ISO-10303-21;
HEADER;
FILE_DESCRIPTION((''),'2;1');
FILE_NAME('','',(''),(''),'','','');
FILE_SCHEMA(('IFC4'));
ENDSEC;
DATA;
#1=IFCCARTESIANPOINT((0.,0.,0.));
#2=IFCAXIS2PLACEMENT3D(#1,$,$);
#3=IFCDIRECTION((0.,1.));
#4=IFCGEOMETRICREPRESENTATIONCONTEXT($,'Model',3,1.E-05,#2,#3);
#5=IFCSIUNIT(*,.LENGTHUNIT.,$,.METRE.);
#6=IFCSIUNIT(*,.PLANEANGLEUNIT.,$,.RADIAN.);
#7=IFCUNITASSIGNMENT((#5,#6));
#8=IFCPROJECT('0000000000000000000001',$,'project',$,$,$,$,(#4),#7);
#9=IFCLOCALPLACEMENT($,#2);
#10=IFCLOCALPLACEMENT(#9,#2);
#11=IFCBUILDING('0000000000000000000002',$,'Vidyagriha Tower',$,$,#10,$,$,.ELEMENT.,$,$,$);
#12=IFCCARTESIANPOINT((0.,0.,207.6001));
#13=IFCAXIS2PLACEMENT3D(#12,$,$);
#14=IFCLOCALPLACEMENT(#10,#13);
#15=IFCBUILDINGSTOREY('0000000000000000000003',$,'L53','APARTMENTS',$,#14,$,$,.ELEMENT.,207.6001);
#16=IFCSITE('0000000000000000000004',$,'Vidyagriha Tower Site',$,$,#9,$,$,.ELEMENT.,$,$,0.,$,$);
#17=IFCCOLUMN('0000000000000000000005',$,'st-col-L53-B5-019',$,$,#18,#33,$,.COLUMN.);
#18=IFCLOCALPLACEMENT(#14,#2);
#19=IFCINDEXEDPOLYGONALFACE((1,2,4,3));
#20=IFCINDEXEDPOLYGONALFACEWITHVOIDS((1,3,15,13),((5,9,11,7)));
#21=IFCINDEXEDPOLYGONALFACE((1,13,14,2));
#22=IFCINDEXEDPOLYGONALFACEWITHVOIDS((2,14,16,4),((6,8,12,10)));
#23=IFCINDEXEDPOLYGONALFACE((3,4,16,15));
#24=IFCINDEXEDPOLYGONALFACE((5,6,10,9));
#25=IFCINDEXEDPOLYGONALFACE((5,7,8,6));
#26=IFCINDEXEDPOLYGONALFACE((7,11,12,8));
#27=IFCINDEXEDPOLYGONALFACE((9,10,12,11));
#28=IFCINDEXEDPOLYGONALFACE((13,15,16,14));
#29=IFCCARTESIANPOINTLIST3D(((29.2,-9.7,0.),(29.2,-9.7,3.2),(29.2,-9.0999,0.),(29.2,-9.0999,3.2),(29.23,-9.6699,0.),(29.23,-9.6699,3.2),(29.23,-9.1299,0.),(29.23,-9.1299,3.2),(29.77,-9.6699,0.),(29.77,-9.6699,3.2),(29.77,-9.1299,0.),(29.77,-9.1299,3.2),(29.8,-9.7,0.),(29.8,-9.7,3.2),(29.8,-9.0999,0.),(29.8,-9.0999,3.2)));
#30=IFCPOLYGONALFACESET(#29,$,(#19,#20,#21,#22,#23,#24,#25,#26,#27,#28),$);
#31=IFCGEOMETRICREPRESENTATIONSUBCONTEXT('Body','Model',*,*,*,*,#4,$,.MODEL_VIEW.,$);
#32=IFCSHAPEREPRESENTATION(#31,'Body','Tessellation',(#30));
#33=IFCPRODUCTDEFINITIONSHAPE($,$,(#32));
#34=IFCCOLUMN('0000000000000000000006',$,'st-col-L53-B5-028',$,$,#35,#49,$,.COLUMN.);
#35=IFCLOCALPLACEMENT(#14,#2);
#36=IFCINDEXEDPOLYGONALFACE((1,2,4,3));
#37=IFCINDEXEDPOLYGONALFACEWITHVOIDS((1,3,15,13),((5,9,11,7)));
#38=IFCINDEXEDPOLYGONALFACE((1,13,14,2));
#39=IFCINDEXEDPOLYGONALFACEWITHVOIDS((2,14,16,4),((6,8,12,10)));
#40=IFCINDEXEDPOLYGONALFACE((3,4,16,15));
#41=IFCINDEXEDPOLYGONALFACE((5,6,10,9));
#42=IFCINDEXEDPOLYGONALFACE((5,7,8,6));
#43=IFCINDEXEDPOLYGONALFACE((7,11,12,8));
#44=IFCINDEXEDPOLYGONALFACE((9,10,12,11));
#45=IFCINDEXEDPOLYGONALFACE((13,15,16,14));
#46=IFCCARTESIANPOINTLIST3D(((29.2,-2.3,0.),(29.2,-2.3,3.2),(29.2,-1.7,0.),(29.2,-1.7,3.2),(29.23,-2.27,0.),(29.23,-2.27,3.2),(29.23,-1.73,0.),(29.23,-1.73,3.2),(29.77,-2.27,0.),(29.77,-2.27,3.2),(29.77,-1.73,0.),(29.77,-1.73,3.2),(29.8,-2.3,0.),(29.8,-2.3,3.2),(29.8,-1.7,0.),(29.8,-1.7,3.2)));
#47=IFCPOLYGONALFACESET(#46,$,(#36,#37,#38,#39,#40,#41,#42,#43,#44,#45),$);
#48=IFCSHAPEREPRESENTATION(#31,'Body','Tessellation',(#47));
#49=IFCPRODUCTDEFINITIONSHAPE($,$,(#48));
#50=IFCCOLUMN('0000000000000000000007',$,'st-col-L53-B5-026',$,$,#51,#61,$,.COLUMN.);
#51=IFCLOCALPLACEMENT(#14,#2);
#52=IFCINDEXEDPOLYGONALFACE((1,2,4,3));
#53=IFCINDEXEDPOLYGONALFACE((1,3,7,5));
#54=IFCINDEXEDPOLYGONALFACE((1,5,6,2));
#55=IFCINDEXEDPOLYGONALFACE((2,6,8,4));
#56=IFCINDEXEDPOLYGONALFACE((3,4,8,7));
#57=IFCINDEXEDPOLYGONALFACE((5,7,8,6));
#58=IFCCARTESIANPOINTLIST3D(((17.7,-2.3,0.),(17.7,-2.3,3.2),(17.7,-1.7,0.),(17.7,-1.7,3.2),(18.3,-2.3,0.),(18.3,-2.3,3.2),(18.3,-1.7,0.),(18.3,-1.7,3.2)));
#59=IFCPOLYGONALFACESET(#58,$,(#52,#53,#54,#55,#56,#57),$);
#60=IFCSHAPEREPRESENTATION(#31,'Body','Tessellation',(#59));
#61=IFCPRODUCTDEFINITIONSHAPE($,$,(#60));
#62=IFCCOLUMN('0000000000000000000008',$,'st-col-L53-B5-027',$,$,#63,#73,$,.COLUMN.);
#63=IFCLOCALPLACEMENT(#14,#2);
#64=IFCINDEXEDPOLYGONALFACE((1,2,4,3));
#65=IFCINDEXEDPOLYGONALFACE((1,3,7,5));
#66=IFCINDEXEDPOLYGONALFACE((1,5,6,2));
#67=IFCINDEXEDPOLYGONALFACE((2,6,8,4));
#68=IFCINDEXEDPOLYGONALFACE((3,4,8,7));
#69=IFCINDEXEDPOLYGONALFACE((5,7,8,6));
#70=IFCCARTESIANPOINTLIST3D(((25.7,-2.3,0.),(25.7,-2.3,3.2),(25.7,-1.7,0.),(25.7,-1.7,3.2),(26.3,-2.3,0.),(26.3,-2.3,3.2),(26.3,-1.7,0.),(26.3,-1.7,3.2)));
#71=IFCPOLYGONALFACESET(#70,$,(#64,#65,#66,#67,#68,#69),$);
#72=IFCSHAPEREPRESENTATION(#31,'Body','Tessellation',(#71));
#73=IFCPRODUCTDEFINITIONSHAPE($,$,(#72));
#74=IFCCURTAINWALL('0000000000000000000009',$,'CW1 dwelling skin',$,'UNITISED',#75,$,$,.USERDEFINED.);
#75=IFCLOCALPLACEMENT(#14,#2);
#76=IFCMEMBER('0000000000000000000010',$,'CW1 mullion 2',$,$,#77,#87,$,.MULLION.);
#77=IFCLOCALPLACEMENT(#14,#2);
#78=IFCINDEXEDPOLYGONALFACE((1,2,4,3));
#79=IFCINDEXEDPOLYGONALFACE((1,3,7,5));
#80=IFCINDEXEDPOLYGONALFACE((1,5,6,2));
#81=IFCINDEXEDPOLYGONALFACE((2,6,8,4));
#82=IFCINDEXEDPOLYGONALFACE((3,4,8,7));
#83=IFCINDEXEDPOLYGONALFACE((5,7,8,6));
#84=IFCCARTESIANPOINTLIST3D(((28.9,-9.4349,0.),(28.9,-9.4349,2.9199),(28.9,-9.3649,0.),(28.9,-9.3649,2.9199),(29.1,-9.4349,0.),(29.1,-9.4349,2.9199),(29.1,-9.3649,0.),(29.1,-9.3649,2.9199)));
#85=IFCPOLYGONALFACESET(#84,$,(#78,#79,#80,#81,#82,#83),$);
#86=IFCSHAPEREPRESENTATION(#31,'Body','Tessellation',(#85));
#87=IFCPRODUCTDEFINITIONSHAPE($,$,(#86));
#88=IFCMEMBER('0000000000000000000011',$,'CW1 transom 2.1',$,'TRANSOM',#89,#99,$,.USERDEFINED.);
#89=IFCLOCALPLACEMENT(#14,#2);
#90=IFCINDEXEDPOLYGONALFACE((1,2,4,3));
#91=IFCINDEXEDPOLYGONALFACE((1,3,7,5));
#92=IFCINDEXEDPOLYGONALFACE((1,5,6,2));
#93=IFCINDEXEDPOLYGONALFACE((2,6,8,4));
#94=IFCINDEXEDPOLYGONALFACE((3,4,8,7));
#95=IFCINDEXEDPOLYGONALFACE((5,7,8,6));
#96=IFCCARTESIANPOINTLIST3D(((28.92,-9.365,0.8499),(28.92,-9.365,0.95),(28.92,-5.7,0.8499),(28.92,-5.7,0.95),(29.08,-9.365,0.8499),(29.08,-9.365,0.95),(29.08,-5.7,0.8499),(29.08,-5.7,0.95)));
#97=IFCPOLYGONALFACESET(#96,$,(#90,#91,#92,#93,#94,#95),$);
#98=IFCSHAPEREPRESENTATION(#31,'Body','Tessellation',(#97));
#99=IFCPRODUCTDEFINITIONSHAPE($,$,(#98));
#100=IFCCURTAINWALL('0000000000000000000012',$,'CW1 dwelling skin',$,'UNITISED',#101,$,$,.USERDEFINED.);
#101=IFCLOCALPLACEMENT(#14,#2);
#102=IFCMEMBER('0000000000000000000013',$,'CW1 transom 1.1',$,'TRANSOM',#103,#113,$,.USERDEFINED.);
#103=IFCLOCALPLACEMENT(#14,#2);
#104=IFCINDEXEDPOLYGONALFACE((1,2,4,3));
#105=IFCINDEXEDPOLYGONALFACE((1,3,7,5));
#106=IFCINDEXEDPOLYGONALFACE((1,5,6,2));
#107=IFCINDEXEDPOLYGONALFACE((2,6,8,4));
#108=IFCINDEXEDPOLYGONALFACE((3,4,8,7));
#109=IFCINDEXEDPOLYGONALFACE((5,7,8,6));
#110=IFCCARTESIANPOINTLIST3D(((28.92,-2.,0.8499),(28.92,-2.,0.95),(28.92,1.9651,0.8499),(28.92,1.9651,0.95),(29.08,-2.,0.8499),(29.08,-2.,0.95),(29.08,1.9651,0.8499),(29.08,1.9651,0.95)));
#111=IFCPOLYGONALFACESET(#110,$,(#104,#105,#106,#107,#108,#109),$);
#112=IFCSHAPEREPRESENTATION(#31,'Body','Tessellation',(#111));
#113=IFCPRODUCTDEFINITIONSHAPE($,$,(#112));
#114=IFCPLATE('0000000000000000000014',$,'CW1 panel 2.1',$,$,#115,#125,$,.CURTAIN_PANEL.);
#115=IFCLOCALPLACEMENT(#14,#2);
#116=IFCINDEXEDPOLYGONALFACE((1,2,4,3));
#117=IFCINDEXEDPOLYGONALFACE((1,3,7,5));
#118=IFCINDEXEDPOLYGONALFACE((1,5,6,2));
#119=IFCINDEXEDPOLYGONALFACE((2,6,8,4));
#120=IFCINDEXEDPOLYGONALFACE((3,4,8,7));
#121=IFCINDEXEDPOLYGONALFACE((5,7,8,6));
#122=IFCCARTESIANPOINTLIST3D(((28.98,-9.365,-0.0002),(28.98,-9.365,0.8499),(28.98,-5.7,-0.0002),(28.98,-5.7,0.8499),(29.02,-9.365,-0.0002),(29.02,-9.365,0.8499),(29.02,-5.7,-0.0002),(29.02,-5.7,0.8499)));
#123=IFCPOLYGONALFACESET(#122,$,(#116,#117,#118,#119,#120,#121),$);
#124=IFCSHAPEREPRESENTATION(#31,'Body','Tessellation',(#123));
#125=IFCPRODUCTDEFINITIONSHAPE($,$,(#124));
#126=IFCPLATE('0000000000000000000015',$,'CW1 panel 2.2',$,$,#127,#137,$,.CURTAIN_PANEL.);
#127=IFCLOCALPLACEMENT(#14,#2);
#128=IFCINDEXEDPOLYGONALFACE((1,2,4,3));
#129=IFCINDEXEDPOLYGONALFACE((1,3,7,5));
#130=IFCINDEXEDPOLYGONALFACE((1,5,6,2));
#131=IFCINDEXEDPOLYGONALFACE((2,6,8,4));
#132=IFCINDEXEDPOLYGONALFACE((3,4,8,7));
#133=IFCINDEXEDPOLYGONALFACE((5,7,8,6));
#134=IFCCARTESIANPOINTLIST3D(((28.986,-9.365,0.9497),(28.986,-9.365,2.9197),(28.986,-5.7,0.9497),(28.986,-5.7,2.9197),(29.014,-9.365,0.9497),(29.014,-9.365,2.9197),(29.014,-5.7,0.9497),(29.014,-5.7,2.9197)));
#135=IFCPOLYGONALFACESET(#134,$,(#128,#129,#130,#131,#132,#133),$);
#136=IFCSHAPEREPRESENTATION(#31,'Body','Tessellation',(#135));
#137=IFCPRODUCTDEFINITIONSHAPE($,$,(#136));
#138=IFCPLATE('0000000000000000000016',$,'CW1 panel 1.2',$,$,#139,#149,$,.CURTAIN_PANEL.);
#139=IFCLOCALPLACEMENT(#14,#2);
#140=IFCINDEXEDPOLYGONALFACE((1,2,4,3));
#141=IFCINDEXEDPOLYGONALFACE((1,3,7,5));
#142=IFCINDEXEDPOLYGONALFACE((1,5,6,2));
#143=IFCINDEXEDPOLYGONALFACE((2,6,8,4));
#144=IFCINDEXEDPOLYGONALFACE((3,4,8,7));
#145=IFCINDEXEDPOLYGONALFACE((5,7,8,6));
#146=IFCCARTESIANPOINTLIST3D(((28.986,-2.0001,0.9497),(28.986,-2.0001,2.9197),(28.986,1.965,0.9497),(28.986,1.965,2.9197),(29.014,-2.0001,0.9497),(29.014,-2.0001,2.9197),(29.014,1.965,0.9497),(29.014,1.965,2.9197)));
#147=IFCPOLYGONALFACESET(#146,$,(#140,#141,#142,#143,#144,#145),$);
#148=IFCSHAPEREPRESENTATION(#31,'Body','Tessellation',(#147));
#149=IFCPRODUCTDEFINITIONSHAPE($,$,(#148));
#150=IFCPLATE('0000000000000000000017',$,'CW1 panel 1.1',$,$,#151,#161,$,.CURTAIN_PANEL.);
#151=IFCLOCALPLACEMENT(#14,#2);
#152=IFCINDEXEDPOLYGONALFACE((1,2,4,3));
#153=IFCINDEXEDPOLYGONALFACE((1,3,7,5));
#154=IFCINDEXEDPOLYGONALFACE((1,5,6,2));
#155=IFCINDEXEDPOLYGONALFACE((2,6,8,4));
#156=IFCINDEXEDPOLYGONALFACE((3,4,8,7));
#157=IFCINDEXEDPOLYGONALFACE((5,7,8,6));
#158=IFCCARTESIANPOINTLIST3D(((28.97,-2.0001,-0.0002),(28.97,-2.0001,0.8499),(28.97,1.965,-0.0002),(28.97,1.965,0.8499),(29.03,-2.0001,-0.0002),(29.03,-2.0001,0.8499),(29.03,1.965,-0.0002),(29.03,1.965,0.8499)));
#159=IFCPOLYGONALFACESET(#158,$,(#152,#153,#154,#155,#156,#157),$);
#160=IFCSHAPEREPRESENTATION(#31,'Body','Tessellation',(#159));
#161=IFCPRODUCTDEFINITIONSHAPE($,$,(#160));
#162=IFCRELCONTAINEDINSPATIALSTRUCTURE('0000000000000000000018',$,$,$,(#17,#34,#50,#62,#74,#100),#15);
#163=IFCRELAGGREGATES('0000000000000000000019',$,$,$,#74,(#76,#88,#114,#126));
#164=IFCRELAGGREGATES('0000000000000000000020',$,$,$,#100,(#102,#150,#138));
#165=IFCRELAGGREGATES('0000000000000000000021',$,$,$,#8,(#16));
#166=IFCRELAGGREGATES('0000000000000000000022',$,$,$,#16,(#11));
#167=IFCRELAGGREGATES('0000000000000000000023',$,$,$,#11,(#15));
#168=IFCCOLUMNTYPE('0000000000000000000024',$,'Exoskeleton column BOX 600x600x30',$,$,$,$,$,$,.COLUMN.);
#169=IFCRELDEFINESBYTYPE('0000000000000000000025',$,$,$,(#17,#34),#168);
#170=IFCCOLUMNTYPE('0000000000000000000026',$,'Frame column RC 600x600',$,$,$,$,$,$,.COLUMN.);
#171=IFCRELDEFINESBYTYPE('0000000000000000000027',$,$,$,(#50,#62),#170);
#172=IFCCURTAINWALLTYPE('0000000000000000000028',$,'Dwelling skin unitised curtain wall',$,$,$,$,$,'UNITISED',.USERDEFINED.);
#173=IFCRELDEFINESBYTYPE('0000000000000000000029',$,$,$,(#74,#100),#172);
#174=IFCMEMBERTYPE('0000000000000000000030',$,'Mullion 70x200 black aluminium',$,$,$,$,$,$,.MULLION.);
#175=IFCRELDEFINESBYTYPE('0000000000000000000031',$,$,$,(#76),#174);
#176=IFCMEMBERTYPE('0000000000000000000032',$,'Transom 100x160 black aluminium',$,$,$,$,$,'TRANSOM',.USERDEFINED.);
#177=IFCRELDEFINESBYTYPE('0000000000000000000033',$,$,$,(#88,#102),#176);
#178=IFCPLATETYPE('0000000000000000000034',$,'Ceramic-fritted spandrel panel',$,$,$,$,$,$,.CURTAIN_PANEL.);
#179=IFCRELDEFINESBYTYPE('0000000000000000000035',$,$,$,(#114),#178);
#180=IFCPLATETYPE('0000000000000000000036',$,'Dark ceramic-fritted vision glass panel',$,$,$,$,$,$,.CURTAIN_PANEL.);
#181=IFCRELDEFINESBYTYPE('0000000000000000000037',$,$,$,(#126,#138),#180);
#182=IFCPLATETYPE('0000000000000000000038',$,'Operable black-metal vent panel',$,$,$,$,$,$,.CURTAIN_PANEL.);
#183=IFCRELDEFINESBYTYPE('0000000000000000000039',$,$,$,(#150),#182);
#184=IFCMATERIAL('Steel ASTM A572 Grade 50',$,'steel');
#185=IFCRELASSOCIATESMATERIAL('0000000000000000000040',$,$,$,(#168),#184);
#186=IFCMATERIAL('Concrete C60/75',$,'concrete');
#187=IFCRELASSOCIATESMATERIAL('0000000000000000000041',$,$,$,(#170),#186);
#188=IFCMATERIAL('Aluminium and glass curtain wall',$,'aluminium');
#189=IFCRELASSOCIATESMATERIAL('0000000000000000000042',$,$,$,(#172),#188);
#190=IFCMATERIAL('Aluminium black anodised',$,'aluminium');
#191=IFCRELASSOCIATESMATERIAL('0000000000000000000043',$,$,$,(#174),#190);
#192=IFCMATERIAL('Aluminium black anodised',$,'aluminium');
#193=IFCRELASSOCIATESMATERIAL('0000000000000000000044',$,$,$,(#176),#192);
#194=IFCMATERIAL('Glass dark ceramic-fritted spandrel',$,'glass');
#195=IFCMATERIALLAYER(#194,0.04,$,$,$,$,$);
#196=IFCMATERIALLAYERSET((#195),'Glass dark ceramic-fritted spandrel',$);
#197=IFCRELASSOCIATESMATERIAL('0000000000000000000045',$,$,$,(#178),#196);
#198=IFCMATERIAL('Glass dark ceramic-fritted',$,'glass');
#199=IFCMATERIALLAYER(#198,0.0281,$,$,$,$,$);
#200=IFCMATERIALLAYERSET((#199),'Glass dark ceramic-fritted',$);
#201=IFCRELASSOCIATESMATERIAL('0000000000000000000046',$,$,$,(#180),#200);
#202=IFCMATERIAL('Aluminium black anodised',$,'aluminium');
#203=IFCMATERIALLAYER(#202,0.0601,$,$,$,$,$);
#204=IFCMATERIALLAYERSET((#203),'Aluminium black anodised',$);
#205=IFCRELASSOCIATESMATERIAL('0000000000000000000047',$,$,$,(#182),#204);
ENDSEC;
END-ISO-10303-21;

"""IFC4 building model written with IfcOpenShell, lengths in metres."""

from ifc_helpers import new_model, si_unit, direction, frame, origin, origin_2d, place, context, subcontext, project, spatial, rectangle, hollow_rectangle, extrude, material, layer, layer_set, material_profile, profile_set, type_object, element, aggregate, save


model = new_model("IFC4")

# Units and contexts
model_context = context("Model", 3, precision=1e-05, world=origin(), true_north=direction((0.0, 1.0)))
body_context = subcontext(model_context, "Body", "Model", "MODEL_VIEW")
ifc_project = project(units=[si_unit("LENGTHUNIT", "METRE"), si_unit("PLANEANGLEUNIT", "RADIAN")], contexts=[model_context])

# Site, building, storey
site_placement = place(None, origin())
site = spatial("IfcSite", under=ifc_project, at=site_placement, Name="Vidyagriha Tower Site", CompositionType="ELEMENT", RefElevation=0.0)
building_placement = place(site_placement, origin())
building = spatial("IfcBuilding", under=site, at=building_placement, Name="Vidyagriha Tower", CompositionType="ELEMENT")
storey_placement = place(building_placement, frame((0.0, 0.0, 207.6001)))
storey = spatial("IfcBuildingStorey", under=building, at=storey_placement, Name="L53", Description="APARTMENTS", CompositionType="ELEMENT", Elevation=207.6001)

# Columns
ifc_material_1 = material(Name="Steel ASTM A572 Grade 50", Category="steel")
ifc_material_profile_1 = material_profile(ifc_material_1, hollow_rectangle(XDim=0.6001, YDim=0.6001, WallThickness=0.03, at=origin_2d()), Name="BOX 600x600x30")
ifc_profile_set_1 = profile_set([ifc_material_profile_1], Name="Steel ASTM A572 Grade 50")
column_type_1 = type_object("IfcColumnType", Name="Exoskeleton column BOX 600x600x30", PredefinedType="COLUMN", material=ifc_profile_set_1)
for number, where, name in (
    (1, (29.5, -9.3999, 0.0), "st-col-L53-B5-019"),
    (2, (29.5, -2.0, 0.0), "st-col-L53-B5-028"),
):
    element("IfcColumn", number, at=place(storey_placement, frame(where)), inside=storey, type_object=column_type_1, Name=name, PredefinedType="COLUMN", context=body_context, shape_type="SweptSolid", body=[
        extrude(hollow_rectangle(XDim=0.6001, YDim=0.6001, WallThickness=0.03, at=origin_2d()), origin(), (0.0, 0.0, 1.0), 3.2),
    ])
ifc_material_2 = material(Name="Concrete C60/75", Category="concrete")
ifc_material_profile_2 = material_profile(ifc_material_2, rectangle(XDim=0.6001, YDim=0.6001, at=origin_2d()), Name="RC 600x600")
ifc_profile_set_2 = profile_set([ifc_material_profile_2], Name="Concrete C60/75")
column_type_2 = type_object("IfcColumnType", Name="Frame column RC 600x600", PredefinedType="COLUMN", material=ifc_profile_set_2)
for number, where, name in (
    (3, (18.0, -2.0, 0.0), "st-col-L53-B5-026"),
    (4, (26.0, -2.0, 0.0), "st-col-L53-B5-027"),
):
    element("IfcColumn", number, at=place(storey_placement, frame(where)), inside=storey, type_object=column_type_2, Name=name, PredefinedType="COLUMN", context=body_context, shape_type="SweptSolid", body=[
        extrude(rectangle(XDim=0.6001, YDim=0.6001, at=origin_2d()), origin(), (0.0, 0.0, 1.0), 3.2),
    ])

# Curtain wall, members
ifc_material_3 = material(Name="Aluminium and glass curtain wall", Category="aluminium")
curtain_wall_type = type_object("IfcCurtainWallType", Name="Dwelling skin unitised curtain wall", ElementType="UNITISED", PredefinedType="USERDEFINED", material=ifc_material_3)
curtain_wall_1_placement = place(storey_placement, origin())
curtain_wall_1 = element("IfcCurtainWall", 5, at=curtain_wall_1_placement, inside=storey, type_object=curtain_wall_type, Name="CW1 dwelling skin", ObjectType="UNITISED", PredefinedType="USERDEFINED")
ifc_material_4 = material(Name="Aluminium black anodised", Category="aluminium")
ifc_material_profile_3 = material_profile(ifc_material_4, rectangle(XDim=0.2, YDim=0.0701, at=origin_2d()), Name="Mullion 70x200 black aluminium")
ifc_profile_set_3 = profile_set([ifc_material_profile_3], Name="Aluminium black anodised")
member_type_1 = type_object("IfcMemberType", Name="Mullion 70x200 black aluminium", PredefinedType="MULLION", material=ifc_profile_set_3)
member_1_placement = place(storey_placement, frame((29.0, -9.3999, 0.0), z_axis=(0.0, 0.0, 1.0), x_axis=(-1.0, 0.0, 0.0)))
member_1 = element("IfcMember", 6, at=member_1_placement, type_object=member_type_1, Name="CW1 mullion 2", PredefinedType="MULLION", context=body_context, shape_type="SweptSolid", body=[
    extrude(rectangle(XDim=0.2, YDim=0.0701, at=origin_2d()), origin(), (0.0, 0.0, 1.0), 2.9199),
])
ifc_material_5 = material(Name="Aluminium black anodised", Category="aluminium")
ifc_material_profile_4 = material_profile(ifc_material_5, rectangle(XDim=0.1599, YDim=0.1001, at=origin_2d()), Name="Transom 100x160 black aluminium")
ifc_profile_set_4 = profile_set([ifc_material_profile_4], Name="Aluminium black anodised")
member_type_2 = type_object("IfcMemberType", Name="Transom 100x160 black aluminium", ElementType="TRANSOM", PredefinedType="USERDEFINED", material=ifc_profile_set_4)
member_2_placement = place(storey_placement, frame((29.0, -9.365, 0.8999), z_axis=(0.0, 1.0, 0.0), x_axis=(-1.0, 0.0, 0.0)))
member_2 = element("IfcMember", 7, at=member_2_placement, type_object=member_type_2, Name="CW1 transom 2.1", ObjectType="TRANSOM", PredefinedType="USERDEFINED", context=body_context, shape_type="SweptSolid", body=[
    extrude(rectangle(XDim=0.1599, YDim=0.1001, at=origin_2d()), origin(), (0.0, 0.0, 1.0), 3.665),
])

# Curtain wall, member
curtain_wall_2_placement = place(storey_placement, origin())
curtain_wall_2 = element("IfcCurtainWall", 8, at=curtain_wall_2_placement, inside=storey, type_object=curtain_wall_type, Name="CW1 dwelling skin", ObjectType="UNITISED", PredefinedType="USERDEFINED")
member_3_placement = place(storey_placement, frame((29.0, -2.0, 0.8999), z_axis=(0.0, 1.0, 0.0), x_axis=(-1.0, 0.0, 0.0)))
member_3 = element("IfcMember", 9, at=member_3_placement, type_object=member_type_2, Name="CW1 transom 1.1", ObjectType="TRANSOM", PredefinedType="USERDEFINED", context=body_context, shape_type="SweptSolid", body=[
    extrude(rectangle(XDim=0.1599, YDim=0.1001, at=origin_2d()), origin(), (0.0, 0.0, 1.0), 3.9651),
])

# Plates
ifc_material_6 = material(Name="Glass dark ceramic-fritted spandrel", Category="glass")
ifc_layer_1 = layer(ifc_material_6, 0.04)
ifc_layer_set_1 = layer_set([ifc_layer_1], Name="Glass dark ceramic-fritted spandrel")
plate_type_1 = type_object("IfcPlateType", Name="Ceramic-fritted spandrel panel", PredefinedType="CURTAIN_PANEL", material=ifc_layer_set_1)
plate_1_placement = place(storey_placement, frame((29.0, -7.5325, -0.0002), z_axis=(0.0, 0.0, 1.0), x_axis=(0.0, 1.0, 0.0)))
plate_1 = element("IfcPlate", 10, at=plate_1_placement, type_object=plate_type_1, Name="CW1 panel 2.1", PredefinedType="CURTAIN_PANEL", context=body_context, shape_type="SweptSolid", body=[
    extrude(rectangle(XDim=3.665, YDim=0.04, at=origin_2d()), origin(), (0.0, 0.0, 1.0), 0.8501),
])
ifc_material_7 = material(Name="Glass dark ceramic-fritted", Category="glass")
ifc_layer_2 = layer(ifc_material_7, 0.0281)
ifc_layer_set_2 = layer_set([ifc_layer_2], Name="Glass dark ceramic-fritted")
plate_type_2 = type_object("IfcPlateType", Name="Dark ceramic-fritted vision glass panel", PredefinedType="CURTAIN_PANEL", material=ifc_layer_set_2)
plate_2_placement = place(storey_placement, frame((29.0, -7.5325, 0.9497), z_axis=(0.0, 0.0, 1.0), x_axis=(0.0, 1.0, 0.0)))
plate_2 = element("IfcPlate", 11, at=plate_2_placement, type_object=plate_type_2, Name="CW1 panel 2.2", PredefinedType="CURTAIN_PANEL", context=body_context, shape_type="SweptSolid", body=[
    extrude(rectangle(XDim=3.665, YDim=0.0281, at=origin_2d()), origin(), (0.0, 0.0, 1.0), 1.97),
])
aggregate(curtain_wall_1, [member_1, member_2, plate_1, plate_2])
plate_3_placement = place(storey_placement, frame((29.0, -0.0176, 0.9497), z_axis=(0.0, 0.0, 1.0), x_axis=(0.0, 1.0, 0.0)))
plate_3 = element("IfcPlate", 12, at=plate_3_placement, type_object=plate_type_2, Name="CW1 panel 1.2", PredefinedType="CURTAIN_PANEL", context=body_context, shape_type="SweptSolid", body=[
    extrude(rectangle(XDim=3.9651, YDim=0.0281, at=origin_2d()), origin(), (0.0, 0.0, 1.0), 1.97),
])
ifc_material_8 = material(Name="Aluminium black anodised", Category="aluminium")
ifc_layer_3 = layer(ifc_material_8, 0.0601)
ifc_layer_set_3 = layer_set([ifc_layer_3], Name="Aluminium black anodised")
plate_type_3 = type_object("IfcPlateType", Name="Operable black-metal vent panel", PredefinedType="CURTAIN_PANEL", material=ifc_layer_set_3)
plate_4_placement = place(storey_placement, frame((29.0, -0.0176, -0.0002), z_axis=(0.0, 0.0, 1.0), x_axis=(0.0, 1.0, 0.0)))
plate_4 = element("IfcPlate", 13, at=plate_4_placement, type_object=plate_type_3, Name="CW1 panel 1.1", PredefinedType="CURTAIN_PANEL", context=body_context, shape_type="SweptSolid", body=[
    extrude(rectangle(XDim=3.9651, YDim=0.0601, at=origin_2d()), origin(), (0.0, 0.0, 1.0), 0.8501),
])
aggregate(curtain_wall_2, [member_3, plate_4, plate_3])

save(model, "model.ifc")
